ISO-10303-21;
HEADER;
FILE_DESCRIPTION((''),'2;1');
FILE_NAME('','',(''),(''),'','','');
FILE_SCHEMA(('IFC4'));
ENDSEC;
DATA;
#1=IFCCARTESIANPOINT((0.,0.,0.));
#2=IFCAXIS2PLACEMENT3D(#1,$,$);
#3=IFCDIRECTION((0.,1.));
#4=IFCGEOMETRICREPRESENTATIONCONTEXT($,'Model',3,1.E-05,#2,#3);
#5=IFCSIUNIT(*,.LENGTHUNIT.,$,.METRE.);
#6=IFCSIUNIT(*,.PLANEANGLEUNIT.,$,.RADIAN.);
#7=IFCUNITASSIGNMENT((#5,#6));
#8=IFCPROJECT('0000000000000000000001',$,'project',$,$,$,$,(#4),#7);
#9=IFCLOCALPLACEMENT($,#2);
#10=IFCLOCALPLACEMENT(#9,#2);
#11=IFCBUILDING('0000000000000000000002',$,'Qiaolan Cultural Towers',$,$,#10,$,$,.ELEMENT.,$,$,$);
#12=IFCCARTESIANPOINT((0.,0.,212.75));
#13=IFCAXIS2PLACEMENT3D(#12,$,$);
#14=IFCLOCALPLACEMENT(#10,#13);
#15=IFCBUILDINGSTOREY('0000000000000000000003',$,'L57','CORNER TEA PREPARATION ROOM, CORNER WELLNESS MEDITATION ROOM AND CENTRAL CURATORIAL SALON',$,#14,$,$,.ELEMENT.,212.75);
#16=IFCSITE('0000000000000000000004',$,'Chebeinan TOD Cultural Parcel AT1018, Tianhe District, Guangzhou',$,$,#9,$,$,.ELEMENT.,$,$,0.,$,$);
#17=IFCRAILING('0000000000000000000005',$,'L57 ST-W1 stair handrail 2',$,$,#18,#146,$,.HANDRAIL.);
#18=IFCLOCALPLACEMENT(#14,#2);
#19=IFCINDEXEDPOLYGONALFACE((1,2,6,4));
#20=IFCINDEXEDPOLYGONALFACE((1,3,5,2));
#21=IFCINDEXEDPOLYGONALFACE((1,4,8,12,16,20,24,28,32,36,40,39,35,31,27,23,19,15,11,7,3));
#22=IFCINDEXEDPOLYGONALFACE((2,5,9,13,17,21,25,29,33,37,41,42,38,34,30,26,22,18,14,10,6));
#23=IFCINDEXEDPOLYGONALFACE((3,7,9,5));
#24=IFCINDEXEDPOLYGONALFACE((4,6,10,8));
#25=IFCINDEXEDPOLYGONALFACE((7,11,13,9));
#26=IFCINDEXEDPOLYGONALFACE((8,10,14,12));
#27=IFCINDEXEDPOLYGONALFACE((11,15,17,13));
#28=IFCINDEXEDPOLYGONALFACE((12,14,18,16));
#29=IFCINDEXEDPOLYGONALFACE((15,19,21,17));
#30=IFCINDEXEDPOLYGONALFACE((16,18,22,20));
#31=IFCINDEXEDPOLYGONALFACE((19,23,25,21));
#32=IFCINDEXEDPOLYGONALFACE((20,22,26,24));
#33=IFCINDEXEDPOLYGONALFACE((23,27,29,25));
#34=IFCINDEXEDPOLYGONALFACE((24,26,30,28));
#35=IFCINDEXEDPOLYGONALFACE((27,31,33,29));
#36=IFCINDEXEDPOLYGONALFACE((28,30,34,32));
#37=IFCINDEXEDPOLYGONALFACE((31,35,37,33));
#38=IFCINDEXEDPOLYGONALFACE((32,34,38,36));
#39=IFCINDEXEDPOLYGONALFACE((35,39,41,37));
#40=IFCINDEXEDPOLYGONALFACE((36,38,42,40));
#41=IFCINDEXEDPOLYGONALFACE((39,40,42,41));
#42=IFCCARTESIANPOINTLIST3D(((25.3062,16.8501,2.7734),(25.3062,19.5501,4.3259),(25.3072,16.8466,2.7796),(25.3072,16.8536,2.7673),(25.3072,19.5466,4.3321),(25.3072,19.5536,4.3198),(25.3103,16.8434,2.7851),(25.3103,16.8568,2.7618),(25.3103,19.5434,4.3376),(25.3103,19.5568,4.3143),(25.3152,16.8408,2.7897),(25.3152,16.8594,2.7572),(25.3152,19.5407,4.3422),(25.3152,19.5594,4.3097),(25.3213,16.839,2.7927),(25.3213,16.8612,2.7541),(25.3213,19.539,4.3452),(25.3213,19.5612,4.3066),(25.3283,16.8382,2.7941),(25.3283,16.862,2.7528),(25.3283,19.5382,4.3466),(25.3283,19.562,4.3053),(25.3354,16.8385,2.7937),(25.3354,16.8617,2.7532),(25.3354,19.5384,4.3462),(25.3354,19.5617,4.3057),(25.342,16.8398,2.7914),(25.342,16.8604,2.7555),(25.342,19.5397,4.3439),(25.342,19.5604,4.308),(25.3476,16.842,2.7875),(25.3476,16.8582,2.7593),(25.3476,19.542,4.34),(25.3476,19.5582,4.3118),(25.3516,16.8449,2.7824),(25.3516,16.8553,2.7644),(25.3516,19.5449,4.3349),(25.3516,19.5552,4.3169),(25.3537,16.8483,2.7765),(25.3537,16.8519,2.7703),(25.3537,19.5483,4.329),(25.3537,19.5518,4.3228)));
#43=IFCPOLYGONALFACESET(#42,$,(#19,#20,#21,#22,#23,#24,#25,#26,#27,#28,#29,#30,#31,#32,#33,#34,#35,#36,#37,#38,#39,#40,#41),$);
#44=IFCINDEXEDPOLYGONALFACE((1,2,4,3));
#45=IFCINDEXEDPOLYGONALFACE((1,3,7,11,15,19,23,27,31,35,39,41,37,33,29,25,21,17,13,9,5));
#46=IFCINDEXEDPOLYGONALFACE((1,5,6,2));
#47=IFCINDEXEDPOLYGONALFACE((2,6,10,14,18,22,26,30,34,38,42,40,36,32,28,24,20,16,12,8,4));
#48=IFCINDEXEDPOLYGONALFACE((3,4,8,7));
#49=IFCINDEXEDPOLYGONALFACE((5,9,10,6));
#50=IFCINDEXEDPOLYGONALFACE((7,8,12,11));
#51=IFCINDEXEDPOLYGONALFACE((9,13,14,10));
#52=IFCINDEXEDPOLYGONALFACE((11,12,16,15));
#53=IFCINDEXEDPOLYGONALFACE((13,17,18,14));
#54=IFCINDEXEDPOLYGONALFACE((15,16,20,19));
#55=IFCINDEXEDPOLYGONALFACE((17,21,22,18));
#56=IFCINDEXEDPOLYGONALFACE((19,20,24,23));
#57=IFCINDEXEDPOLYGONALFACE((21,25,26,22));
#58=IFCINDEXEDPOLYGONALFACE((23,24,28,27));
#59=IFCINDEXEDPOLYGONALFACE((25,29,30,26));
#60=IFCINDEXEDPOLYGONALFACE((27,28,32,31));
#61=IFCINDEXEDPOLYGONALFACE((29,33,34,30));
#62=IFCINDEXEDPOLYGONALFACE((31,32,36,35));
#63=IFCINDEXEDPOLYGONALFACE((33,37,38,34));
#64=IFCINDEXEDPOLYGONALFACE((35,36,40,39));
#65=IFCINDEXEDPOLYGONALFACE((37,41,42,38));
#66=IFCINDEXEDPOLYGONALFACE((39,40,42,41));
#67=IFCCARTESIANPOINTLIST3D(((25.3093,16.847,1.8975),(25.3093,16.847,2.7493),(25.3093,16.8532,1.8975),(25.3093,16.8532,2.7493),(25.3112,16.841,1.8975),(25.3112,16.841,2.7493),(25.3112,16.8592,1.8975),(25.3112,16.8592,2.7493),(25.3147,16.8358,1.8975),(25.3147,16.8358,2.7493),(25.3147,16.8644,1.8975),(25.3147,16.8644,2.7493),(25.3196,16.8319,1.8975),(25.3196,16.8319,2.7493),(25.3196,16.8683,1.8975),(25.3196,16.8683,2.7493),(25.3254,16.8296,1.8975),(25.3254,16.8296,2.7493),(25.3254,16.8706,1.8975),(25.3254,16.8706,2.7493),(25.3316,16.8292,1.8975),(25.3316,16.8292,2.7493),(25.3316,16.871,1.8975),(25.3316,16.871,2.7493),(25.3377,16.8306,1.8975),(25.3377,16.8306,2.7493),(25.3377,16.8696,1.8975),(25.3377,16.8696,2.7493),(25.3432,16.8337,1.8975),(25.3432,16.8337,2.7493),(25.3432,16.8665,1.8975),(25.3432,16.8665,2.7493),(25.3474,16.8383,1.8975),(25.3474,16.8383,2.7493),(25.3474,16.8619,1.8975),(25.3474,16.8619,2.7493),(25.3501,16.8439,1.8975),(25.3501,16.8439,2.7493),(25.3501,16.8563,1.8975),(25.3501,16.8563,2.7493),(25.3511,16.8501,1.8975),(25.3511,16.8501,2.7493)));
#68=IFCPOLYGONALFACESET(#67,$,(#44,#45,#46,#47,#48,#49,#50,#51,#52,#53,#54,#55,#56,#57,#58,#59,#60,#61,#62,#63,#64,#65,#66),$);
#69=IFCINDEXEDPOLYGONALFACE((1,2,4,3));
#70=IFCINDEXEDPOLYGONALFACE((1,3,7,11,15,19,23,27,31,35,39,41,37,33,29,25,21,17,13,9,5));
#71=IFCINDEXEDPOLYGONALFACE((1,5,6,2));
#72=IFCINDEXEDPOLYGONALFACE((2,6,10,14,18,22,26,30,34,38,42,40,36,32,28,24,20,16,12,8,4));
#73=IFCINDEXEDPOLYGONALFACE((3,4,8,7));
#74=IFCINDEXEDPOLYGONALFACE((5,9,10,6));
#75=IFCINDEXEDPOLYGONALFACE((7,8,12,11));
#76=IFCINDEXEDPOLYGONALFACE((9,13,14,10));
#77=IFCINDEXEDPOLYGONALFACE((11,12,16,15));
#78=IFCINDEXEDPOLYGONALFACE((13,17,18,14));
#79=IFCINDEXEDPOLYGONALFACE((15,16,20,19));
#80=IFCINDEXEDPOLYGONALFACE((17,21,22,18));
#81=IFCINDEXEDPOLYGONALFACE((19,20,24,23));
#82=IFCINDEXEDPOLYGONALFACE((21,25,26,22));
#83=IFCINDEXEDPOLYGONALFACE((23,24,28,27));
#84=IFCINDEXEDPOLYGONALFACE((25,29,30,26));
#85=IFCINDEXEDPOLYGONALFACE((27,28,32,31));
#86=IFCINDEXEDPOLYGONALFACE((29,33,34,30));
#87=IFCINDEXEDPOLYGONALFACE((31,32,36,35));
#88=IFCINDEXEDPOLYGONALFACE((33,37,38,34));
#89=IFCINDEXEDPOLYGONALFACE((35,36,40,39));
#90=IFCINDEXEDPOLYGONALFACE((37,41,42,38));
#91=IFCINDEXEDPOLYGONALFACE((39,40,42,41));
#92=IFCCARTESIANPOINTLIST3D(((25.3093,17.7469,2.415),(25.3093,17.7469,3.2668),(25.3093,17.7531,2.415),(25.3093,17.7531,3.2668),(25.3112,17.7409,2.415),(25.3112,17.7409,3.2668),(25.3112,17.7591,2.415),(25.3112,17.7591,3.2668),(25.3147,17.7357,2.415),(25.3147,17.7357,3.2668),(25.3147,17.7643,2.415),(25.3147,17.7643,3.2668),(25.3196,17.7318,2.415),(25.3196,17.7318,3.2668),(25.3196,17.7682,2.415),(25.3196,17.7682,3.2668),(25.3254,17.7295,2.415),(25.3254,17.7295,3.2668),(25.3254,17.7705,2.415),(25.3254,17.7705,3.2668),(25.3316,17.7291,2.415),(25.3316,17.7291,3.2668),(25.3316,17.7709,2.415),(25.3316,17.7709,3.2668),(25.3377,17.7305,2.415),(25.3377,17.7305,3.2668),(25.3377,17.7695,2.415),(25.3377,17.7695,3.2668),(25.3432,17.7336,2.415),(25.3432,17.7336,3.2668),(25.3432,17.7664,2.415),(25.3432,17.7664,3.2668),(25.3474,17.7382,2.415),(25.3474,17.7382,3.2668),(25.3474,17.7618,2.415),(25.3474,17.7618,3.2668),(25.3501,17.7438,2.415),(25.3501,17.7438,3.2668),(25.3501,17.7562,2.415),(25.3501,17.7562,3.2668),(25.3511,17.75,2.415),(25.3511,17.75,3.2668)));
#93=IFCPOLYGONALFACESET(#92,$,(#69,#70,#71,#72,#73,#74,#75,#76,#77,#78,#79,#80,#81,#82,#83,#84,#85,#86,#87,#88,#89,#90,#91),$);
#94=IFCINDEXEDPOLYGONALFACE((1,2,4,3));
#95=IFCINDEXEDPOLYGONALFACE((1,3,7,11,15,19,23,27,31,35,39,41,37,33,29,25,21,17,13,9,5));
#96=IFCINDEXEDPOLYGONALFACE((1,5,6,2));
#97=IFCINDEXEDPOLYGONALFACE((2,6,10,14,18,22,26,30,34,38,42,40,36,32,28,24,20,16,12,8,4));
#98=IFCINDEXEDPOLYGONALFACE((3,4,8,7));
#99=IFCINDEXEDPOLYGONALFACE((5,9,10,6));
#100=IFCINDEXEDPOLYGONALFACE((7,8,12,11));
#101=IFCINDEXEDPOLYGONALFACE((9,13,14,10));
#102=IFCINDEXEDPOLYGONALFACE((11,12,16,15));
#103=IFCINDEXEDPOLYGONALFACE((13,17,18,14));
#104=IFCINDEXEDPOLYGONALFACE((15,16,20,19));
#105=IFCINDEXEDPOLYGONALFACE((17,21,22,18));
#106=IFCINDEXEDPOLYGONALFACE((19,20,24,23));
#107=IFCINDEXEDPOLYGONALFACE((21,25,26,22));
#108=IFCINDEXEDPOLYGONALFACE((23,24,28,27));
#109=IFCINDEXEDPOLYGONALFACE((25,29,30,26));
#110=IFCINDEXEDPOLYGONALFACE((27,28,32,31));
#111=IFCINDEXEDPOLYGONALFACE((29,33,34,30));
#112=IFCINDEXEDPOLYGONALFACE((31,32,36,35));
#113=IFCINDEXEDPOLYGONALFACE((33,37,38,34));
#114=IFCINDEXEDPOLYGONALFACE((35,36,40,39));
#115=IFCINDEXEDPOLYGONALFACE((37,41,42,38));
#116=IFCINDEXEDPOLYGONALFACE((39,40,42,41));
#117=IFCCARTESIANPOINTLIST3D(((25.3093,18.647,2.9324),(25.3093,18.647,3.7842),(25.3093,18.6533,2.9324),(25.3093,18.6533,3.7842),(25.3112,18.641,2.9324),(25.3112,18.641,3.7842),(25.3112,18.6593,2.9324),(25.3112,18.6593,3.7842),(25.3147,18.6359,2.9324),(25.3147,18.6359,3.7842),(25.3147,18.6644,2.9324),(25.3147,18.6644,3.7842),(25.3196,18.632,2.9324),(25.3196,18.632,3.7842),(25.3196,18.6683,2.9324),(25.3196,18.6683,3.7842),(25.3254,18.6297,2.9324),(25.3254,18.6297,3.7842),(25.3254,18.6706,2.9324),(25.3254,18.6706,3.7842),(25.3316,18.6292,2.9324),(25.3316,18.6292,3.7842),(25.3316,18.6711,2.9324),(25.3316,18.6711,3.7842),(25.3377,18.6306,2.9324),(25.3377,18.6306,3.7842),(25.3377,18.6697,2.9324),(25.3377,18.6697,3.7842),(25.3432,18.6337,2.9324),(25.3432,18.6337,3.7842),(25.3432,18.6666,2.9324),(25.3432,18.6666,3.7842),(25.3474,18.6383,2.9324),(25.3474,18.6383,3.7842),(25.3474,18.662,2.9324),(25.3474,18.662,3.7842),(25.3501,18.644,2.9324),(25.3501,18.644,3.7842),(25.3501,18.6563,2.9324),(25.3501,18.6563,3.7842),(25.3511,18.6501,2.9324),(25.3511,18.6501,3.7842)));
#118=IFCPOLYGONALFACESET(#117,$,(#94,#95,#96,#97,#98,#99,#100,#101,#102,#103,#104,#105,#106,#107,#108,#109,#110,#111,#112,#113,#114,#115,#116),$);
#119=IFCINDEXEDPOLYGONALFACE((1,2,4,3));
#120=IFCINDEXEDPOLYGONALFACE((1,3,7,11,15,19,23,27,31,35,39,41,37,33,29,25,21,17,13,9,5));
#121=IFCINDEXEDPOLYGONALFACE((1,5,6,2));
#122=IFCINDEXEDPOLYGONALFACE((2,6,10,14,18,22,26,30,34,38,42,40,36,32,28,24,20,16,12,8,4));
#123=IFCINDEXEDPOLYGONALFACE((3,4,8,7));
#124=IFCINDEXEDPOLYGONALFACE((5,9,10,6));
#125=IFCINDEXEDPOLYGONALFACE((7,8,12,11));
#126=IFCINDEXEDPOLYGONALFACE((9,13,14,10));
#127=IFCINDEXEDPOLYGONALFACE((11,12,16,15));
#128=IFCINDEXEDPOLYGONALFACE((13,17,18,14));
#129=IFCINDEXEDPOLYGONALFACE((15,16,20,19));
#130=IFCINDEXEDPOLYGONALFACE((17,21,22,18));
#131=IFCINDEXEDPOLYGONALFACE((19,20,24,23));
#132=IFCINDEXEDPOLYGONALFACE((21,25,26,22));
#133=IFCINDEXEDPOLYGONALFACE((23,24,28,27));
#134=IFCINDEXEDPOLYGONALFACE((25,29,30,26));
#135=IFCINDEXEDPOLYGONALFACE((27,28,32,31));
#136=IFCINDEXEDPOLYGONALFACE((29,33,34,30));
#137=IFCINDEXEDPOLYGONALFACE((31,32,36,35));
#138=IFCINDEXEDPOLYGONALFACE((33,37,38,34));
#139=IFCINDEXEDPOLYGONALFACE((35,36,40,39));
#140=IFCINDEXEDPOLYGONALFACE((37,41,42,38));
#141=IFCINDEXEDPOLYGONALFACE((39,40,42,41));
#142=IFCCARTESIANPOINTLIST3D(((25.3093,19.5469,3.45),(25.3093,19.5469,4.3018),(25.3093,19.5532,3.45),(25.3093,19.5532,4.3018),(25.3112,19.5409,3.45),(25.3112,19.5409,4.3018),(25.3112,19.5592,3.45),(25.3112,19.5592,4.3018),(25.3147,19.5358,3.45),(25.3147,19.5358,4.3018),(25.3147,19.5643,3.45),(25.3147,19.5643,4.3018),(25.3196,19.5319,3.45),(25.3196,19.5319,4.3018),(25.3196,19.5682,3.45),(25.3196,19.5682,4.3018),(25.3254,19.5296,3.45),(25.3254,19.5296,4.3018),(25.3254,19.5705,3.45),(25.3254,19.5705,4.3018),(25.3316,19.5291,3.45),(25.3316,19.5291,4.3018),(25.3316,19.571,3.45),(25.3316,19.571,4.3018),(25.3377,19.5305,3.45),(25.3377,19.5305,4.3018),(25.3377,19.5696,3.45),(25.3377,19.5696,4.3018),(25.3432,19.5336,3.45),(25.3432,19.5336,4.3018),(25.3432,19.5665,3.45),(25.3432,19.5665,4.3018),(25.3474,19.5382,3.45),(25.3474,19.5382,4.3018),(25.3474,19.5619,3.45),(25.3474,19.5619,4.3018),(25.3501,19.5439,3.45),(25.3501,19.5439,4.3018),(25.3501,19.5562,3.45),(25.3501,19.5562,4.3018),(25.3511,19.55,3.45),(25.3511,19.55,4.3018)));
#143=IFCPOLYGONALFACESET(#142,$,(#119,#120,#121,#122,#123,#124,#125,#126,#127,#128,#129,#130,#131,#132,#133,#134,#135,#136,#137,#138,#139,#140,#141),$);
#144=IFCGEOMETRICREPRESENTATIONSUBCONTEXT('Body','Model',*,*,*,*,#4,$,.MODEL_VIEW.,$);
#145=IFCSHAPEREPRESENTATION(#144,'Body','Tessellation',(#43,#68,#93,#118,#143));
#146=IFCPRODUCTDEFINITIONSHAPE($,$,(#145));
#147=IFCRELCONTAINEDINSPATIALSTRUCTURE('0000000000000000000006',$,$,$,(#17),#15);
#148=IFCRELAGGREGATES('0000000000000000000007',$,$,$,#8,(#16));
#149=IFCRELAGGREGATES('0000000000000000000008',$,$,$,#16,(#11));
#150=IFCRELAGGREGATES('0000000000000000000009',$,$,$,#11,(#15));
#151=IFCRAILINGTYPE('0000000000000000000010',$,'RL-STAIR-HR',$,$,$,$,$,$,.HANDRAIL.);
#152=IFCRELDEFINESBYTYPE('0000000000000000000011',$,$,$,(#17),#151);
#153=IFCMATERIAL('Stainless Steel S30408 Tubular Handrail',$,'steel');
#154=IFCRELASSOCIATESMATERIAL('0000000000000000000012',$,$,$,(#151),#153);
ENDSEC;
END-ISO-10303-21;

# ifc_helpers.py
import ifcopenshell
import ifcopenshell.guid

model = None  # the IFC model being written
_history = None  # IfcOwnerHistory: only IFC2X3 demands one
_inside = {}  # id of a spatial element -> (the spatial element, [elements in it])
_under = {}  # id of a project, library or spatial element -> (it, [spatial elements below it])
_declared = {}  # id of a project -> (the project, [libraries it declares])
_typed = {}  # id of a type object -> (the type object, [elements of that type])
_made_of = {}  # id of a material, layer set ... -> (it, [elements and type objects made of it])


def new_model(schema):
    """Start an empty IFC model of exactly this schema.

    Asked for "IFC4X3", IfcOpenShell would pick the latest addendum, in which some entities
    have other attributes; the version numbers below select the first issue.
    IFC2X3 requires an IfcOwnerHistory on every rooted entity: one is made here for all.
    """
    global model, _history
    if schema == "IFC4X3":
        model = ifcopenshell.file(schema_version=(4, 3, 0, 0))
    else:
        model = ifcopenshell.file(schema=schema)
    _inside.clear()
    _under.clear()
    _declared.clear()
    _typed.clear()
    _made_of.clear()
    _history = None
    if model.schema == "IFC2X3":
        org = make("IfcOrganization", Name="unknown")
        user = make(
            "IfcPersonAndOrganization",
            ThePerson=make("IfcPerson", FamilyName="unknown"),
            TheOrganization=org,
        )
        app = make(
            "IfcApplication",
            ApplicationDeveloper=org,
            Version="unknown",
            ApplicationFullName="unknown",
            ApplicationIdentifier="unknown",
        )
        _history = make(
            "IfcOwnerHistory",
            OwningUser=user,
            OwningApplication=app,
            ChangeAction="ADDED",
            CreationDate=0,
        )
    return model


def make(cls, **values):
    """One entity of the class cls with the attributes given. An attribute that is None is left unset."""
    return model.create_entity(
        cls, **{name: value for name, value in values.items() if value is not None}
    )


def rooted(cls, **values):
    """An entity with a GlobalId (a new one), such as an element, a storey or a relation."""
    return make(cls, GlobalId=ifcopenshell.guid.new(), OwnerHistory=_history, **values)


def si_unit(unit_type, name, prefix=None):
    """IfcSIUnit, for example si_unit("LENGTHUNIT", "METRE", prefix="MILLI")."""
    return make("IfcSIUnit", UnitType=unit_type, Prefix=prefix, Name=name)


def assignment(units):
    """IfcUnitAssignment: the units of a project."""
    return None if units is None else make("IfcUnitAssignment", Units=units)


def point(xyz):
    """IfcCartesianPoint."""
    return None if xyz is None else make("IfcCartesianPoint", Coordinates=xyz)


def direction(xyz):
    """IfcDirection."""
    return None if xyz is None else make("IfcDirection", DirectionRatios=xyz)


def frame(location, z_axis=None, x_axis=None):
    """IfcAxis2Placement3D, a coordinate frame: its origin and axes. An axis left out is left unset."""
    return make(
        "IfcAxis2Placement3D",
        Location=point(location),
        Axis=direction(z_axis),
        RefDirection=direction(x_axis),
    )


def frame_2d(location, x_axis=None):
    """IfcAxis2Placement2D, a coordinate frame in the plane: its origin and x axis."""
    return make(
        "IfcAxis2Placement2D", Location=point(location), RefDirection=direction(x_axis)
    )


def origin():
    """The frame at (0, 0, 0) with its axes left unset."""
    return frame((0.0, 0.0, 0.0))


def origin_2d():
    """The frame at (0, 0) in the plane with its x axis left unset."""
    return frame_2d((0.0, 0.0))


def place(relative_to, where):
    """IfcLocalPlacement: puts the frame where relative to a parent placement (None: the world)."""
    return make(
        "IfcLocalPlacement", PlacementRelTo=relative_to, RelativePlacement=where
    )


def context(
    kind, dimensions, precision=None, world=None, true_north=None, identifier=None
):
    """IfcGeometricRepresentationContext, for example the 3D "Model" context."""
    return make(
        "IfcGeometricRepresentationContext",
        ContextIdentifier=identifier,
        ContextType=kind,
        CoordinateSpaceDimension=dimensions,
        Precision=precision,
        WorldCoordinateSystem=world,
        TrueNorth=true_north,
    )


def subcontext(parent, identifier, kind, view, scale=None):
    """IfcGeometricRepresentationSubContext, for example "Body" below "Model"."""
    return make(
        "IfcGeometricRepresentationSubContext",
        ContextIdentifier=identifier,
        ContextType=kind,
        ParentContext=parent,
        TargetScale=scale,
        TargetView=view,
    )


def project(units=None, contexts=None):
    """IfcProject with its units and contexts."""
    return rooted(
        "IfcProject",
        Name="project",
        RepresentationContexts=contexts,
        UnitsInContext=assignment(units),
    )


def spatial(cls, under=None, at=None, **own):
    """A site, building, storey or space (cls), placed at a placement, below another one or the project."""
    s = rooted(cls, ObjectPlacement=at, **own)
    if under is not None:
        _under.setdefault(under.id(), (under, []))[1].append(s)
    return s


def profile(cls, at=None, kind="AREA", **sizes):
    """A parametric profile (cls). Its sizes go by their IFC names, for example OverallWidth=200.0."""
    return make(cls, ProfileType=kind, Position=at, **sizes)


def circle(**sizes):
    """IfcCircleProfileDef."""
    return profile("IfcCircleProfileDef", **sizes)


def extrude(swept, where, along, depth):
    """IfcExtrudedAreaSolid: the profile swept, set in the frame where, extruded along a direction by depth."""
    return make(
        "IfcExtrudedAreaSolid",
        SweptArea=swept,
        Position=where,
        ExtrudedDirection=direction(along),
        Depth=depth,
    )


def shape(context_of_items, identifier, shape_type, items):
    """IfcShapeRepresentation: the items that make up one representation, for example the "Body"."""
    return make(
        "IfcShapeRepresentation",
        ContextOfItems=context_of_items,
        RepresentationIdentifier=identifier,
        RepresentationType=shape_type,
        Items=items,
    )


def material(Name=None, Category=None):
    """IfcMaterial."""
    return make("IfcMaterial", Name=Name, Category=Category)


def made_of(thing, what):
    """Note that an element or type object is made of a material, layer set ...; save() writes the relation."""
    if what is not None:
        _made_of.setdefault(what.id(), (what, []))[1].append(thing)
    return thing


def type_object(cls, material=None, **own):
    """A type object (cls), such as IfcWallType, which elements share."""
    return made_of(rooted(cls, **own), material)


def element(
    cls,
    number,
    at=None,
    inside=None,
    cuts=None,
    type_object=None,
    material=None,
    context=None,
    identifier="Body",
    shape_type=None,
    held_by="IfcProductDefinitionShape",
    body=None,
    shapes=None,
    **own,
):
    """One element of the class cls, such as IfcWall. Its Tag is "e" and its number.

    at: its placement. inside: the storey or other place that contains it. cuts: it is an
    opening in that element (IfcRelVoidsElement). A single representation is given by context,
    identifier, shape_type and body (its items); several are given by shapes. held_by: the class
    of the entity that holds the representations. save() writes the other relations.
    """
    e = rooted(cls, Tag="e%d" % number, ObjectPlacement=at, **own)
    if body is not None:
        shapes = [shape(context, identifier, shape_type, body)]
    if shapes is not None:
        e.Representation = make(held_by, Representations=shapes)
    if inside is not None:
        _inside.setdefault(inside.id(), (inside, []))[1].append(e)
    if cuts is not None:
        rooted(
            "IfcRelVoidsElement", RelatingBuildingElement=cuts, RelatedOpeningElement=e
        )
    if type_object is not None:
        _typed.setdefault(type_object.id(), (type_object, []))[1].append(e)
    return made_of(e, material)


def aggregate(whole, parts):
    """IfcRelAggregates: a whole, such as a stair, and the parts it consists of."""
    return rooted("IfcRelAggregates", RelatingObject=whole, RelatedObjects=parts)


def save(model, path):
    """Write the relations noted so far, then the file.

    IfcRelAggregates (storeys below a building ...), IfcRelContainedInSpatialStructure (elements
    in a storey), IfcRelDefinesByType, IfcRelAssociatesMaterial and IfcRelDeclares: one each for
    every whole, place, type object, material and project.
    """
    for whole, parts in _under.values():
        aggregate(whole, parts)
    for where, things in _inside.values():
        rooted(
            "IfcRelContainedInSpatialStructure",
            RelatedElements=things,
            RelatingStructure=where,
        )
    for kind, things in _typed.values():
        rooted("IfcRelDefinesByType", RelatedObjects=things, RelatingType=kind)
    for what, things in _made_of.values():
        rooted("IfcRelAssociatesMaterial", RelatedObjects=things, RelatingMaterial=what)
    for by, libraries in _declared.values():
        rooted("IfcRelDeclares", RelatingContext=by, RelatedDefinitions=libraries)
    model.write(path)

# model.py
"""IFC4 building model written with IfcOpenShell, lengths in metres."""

from ifc_helpers import new_model, si_unit, direction, frame, origin, origin_2d, place, context, subcontext, project, spatial, circle, extrude, material, type_object, element, save


model = new_model("IFC4")

# Units and contexts
model_context = context("Model", 3, precision=1e-05, world=origin(), true_north=direction((0.0, 1.0)))
body_context = subcontext(model_context, "Body", "Model", "MODEL_VIEW")
ifc_project = project(units=[si_unit("LENGTHUNIT", "METRE"), si_unit("PLANEANGLEUNIT", "RADIAN")], contexts=[model_context])

# Site, building, storey
site_placement = place(None, origin())
site = spatial("IfcSite", under=ifc_project, at=site_placement, Name="Chebeinan TOD Cultural Parcel AT1018, Tianhe District, Guangzhou", CompositionType="ELEMENT", RefElevation=0.0)
building_placement = place(site_placement, origin())
building = spatial("IfcBuilding", under=site, at=building_placement, Name="Qiaolan Cultural Towers", CompositionType="ELEMENT")
storey_placement = place(building_placement, frame((0.0, 0.0, 212.75)))
storey = spatial("IfcBuildingStorey", under=building, at=storey_placement, Name="L57", Description="CORNER TEA PREPARATION ROOM, CORNER WELLNESS MEDITATION ROOM AND CENTRAL CURATORIAL SALON", CompositionType="ELEMENT", Elevation=212.75)

# Railing
ifc_material_1 = material(Name="Stainless Steel S30408 Tubular Handrail", Category="steel")
railing_type_1 = type_object("IfcRailingType", Name="RL-STAIR-HR", PredefinedType="HANDRAIL", material=ifc_material_1)
railing_1_placement = place(storey_placement, frame((25.3301, 16.8501, 1.8975)))
element("IfcRailing", 1, at=railing_1_placement, inside=storey, type_object=railing_type_1, Name="L57 ST-W1 stair handrail 2", PredefinedType="HANDRAIL", context=body_context, shape_type="SweptSolid", body=[
    extrude(circle(Radius=0.0239, at=origin_2d()), frame((0.0, 0.0, 0.876), z_axis=(0.0, 0.866904, 0.498476), x_axis=(-1.0, 0.0, 0.0)), (0.0, 0.0, 1.0), 3.1145),
    extrude(circle(Radius=0.021, at=origin_2d()), origin(), (0.0, 0.0, 1.0), 0.8518),
    extrude(circle(Radius=0.021, at=origin_2d()), frame((0.0, 0.8999, 0.5176)), (0.0, 0.0, 1.0), 0.8518),
    extrude(circle(Radius=0.021, at=origin_2d()), frame((0.0, 1.8, 1.0349)), (0.0, 0.0, 1.0), 0.8518),
    extrude(circle(Radius=0.021, at=origin_2d()), frame((0.0, 2.7, 1.5525)), (0.0, 0.0, 1.0), 0.8518),
])

save(model, "model.ifc")
